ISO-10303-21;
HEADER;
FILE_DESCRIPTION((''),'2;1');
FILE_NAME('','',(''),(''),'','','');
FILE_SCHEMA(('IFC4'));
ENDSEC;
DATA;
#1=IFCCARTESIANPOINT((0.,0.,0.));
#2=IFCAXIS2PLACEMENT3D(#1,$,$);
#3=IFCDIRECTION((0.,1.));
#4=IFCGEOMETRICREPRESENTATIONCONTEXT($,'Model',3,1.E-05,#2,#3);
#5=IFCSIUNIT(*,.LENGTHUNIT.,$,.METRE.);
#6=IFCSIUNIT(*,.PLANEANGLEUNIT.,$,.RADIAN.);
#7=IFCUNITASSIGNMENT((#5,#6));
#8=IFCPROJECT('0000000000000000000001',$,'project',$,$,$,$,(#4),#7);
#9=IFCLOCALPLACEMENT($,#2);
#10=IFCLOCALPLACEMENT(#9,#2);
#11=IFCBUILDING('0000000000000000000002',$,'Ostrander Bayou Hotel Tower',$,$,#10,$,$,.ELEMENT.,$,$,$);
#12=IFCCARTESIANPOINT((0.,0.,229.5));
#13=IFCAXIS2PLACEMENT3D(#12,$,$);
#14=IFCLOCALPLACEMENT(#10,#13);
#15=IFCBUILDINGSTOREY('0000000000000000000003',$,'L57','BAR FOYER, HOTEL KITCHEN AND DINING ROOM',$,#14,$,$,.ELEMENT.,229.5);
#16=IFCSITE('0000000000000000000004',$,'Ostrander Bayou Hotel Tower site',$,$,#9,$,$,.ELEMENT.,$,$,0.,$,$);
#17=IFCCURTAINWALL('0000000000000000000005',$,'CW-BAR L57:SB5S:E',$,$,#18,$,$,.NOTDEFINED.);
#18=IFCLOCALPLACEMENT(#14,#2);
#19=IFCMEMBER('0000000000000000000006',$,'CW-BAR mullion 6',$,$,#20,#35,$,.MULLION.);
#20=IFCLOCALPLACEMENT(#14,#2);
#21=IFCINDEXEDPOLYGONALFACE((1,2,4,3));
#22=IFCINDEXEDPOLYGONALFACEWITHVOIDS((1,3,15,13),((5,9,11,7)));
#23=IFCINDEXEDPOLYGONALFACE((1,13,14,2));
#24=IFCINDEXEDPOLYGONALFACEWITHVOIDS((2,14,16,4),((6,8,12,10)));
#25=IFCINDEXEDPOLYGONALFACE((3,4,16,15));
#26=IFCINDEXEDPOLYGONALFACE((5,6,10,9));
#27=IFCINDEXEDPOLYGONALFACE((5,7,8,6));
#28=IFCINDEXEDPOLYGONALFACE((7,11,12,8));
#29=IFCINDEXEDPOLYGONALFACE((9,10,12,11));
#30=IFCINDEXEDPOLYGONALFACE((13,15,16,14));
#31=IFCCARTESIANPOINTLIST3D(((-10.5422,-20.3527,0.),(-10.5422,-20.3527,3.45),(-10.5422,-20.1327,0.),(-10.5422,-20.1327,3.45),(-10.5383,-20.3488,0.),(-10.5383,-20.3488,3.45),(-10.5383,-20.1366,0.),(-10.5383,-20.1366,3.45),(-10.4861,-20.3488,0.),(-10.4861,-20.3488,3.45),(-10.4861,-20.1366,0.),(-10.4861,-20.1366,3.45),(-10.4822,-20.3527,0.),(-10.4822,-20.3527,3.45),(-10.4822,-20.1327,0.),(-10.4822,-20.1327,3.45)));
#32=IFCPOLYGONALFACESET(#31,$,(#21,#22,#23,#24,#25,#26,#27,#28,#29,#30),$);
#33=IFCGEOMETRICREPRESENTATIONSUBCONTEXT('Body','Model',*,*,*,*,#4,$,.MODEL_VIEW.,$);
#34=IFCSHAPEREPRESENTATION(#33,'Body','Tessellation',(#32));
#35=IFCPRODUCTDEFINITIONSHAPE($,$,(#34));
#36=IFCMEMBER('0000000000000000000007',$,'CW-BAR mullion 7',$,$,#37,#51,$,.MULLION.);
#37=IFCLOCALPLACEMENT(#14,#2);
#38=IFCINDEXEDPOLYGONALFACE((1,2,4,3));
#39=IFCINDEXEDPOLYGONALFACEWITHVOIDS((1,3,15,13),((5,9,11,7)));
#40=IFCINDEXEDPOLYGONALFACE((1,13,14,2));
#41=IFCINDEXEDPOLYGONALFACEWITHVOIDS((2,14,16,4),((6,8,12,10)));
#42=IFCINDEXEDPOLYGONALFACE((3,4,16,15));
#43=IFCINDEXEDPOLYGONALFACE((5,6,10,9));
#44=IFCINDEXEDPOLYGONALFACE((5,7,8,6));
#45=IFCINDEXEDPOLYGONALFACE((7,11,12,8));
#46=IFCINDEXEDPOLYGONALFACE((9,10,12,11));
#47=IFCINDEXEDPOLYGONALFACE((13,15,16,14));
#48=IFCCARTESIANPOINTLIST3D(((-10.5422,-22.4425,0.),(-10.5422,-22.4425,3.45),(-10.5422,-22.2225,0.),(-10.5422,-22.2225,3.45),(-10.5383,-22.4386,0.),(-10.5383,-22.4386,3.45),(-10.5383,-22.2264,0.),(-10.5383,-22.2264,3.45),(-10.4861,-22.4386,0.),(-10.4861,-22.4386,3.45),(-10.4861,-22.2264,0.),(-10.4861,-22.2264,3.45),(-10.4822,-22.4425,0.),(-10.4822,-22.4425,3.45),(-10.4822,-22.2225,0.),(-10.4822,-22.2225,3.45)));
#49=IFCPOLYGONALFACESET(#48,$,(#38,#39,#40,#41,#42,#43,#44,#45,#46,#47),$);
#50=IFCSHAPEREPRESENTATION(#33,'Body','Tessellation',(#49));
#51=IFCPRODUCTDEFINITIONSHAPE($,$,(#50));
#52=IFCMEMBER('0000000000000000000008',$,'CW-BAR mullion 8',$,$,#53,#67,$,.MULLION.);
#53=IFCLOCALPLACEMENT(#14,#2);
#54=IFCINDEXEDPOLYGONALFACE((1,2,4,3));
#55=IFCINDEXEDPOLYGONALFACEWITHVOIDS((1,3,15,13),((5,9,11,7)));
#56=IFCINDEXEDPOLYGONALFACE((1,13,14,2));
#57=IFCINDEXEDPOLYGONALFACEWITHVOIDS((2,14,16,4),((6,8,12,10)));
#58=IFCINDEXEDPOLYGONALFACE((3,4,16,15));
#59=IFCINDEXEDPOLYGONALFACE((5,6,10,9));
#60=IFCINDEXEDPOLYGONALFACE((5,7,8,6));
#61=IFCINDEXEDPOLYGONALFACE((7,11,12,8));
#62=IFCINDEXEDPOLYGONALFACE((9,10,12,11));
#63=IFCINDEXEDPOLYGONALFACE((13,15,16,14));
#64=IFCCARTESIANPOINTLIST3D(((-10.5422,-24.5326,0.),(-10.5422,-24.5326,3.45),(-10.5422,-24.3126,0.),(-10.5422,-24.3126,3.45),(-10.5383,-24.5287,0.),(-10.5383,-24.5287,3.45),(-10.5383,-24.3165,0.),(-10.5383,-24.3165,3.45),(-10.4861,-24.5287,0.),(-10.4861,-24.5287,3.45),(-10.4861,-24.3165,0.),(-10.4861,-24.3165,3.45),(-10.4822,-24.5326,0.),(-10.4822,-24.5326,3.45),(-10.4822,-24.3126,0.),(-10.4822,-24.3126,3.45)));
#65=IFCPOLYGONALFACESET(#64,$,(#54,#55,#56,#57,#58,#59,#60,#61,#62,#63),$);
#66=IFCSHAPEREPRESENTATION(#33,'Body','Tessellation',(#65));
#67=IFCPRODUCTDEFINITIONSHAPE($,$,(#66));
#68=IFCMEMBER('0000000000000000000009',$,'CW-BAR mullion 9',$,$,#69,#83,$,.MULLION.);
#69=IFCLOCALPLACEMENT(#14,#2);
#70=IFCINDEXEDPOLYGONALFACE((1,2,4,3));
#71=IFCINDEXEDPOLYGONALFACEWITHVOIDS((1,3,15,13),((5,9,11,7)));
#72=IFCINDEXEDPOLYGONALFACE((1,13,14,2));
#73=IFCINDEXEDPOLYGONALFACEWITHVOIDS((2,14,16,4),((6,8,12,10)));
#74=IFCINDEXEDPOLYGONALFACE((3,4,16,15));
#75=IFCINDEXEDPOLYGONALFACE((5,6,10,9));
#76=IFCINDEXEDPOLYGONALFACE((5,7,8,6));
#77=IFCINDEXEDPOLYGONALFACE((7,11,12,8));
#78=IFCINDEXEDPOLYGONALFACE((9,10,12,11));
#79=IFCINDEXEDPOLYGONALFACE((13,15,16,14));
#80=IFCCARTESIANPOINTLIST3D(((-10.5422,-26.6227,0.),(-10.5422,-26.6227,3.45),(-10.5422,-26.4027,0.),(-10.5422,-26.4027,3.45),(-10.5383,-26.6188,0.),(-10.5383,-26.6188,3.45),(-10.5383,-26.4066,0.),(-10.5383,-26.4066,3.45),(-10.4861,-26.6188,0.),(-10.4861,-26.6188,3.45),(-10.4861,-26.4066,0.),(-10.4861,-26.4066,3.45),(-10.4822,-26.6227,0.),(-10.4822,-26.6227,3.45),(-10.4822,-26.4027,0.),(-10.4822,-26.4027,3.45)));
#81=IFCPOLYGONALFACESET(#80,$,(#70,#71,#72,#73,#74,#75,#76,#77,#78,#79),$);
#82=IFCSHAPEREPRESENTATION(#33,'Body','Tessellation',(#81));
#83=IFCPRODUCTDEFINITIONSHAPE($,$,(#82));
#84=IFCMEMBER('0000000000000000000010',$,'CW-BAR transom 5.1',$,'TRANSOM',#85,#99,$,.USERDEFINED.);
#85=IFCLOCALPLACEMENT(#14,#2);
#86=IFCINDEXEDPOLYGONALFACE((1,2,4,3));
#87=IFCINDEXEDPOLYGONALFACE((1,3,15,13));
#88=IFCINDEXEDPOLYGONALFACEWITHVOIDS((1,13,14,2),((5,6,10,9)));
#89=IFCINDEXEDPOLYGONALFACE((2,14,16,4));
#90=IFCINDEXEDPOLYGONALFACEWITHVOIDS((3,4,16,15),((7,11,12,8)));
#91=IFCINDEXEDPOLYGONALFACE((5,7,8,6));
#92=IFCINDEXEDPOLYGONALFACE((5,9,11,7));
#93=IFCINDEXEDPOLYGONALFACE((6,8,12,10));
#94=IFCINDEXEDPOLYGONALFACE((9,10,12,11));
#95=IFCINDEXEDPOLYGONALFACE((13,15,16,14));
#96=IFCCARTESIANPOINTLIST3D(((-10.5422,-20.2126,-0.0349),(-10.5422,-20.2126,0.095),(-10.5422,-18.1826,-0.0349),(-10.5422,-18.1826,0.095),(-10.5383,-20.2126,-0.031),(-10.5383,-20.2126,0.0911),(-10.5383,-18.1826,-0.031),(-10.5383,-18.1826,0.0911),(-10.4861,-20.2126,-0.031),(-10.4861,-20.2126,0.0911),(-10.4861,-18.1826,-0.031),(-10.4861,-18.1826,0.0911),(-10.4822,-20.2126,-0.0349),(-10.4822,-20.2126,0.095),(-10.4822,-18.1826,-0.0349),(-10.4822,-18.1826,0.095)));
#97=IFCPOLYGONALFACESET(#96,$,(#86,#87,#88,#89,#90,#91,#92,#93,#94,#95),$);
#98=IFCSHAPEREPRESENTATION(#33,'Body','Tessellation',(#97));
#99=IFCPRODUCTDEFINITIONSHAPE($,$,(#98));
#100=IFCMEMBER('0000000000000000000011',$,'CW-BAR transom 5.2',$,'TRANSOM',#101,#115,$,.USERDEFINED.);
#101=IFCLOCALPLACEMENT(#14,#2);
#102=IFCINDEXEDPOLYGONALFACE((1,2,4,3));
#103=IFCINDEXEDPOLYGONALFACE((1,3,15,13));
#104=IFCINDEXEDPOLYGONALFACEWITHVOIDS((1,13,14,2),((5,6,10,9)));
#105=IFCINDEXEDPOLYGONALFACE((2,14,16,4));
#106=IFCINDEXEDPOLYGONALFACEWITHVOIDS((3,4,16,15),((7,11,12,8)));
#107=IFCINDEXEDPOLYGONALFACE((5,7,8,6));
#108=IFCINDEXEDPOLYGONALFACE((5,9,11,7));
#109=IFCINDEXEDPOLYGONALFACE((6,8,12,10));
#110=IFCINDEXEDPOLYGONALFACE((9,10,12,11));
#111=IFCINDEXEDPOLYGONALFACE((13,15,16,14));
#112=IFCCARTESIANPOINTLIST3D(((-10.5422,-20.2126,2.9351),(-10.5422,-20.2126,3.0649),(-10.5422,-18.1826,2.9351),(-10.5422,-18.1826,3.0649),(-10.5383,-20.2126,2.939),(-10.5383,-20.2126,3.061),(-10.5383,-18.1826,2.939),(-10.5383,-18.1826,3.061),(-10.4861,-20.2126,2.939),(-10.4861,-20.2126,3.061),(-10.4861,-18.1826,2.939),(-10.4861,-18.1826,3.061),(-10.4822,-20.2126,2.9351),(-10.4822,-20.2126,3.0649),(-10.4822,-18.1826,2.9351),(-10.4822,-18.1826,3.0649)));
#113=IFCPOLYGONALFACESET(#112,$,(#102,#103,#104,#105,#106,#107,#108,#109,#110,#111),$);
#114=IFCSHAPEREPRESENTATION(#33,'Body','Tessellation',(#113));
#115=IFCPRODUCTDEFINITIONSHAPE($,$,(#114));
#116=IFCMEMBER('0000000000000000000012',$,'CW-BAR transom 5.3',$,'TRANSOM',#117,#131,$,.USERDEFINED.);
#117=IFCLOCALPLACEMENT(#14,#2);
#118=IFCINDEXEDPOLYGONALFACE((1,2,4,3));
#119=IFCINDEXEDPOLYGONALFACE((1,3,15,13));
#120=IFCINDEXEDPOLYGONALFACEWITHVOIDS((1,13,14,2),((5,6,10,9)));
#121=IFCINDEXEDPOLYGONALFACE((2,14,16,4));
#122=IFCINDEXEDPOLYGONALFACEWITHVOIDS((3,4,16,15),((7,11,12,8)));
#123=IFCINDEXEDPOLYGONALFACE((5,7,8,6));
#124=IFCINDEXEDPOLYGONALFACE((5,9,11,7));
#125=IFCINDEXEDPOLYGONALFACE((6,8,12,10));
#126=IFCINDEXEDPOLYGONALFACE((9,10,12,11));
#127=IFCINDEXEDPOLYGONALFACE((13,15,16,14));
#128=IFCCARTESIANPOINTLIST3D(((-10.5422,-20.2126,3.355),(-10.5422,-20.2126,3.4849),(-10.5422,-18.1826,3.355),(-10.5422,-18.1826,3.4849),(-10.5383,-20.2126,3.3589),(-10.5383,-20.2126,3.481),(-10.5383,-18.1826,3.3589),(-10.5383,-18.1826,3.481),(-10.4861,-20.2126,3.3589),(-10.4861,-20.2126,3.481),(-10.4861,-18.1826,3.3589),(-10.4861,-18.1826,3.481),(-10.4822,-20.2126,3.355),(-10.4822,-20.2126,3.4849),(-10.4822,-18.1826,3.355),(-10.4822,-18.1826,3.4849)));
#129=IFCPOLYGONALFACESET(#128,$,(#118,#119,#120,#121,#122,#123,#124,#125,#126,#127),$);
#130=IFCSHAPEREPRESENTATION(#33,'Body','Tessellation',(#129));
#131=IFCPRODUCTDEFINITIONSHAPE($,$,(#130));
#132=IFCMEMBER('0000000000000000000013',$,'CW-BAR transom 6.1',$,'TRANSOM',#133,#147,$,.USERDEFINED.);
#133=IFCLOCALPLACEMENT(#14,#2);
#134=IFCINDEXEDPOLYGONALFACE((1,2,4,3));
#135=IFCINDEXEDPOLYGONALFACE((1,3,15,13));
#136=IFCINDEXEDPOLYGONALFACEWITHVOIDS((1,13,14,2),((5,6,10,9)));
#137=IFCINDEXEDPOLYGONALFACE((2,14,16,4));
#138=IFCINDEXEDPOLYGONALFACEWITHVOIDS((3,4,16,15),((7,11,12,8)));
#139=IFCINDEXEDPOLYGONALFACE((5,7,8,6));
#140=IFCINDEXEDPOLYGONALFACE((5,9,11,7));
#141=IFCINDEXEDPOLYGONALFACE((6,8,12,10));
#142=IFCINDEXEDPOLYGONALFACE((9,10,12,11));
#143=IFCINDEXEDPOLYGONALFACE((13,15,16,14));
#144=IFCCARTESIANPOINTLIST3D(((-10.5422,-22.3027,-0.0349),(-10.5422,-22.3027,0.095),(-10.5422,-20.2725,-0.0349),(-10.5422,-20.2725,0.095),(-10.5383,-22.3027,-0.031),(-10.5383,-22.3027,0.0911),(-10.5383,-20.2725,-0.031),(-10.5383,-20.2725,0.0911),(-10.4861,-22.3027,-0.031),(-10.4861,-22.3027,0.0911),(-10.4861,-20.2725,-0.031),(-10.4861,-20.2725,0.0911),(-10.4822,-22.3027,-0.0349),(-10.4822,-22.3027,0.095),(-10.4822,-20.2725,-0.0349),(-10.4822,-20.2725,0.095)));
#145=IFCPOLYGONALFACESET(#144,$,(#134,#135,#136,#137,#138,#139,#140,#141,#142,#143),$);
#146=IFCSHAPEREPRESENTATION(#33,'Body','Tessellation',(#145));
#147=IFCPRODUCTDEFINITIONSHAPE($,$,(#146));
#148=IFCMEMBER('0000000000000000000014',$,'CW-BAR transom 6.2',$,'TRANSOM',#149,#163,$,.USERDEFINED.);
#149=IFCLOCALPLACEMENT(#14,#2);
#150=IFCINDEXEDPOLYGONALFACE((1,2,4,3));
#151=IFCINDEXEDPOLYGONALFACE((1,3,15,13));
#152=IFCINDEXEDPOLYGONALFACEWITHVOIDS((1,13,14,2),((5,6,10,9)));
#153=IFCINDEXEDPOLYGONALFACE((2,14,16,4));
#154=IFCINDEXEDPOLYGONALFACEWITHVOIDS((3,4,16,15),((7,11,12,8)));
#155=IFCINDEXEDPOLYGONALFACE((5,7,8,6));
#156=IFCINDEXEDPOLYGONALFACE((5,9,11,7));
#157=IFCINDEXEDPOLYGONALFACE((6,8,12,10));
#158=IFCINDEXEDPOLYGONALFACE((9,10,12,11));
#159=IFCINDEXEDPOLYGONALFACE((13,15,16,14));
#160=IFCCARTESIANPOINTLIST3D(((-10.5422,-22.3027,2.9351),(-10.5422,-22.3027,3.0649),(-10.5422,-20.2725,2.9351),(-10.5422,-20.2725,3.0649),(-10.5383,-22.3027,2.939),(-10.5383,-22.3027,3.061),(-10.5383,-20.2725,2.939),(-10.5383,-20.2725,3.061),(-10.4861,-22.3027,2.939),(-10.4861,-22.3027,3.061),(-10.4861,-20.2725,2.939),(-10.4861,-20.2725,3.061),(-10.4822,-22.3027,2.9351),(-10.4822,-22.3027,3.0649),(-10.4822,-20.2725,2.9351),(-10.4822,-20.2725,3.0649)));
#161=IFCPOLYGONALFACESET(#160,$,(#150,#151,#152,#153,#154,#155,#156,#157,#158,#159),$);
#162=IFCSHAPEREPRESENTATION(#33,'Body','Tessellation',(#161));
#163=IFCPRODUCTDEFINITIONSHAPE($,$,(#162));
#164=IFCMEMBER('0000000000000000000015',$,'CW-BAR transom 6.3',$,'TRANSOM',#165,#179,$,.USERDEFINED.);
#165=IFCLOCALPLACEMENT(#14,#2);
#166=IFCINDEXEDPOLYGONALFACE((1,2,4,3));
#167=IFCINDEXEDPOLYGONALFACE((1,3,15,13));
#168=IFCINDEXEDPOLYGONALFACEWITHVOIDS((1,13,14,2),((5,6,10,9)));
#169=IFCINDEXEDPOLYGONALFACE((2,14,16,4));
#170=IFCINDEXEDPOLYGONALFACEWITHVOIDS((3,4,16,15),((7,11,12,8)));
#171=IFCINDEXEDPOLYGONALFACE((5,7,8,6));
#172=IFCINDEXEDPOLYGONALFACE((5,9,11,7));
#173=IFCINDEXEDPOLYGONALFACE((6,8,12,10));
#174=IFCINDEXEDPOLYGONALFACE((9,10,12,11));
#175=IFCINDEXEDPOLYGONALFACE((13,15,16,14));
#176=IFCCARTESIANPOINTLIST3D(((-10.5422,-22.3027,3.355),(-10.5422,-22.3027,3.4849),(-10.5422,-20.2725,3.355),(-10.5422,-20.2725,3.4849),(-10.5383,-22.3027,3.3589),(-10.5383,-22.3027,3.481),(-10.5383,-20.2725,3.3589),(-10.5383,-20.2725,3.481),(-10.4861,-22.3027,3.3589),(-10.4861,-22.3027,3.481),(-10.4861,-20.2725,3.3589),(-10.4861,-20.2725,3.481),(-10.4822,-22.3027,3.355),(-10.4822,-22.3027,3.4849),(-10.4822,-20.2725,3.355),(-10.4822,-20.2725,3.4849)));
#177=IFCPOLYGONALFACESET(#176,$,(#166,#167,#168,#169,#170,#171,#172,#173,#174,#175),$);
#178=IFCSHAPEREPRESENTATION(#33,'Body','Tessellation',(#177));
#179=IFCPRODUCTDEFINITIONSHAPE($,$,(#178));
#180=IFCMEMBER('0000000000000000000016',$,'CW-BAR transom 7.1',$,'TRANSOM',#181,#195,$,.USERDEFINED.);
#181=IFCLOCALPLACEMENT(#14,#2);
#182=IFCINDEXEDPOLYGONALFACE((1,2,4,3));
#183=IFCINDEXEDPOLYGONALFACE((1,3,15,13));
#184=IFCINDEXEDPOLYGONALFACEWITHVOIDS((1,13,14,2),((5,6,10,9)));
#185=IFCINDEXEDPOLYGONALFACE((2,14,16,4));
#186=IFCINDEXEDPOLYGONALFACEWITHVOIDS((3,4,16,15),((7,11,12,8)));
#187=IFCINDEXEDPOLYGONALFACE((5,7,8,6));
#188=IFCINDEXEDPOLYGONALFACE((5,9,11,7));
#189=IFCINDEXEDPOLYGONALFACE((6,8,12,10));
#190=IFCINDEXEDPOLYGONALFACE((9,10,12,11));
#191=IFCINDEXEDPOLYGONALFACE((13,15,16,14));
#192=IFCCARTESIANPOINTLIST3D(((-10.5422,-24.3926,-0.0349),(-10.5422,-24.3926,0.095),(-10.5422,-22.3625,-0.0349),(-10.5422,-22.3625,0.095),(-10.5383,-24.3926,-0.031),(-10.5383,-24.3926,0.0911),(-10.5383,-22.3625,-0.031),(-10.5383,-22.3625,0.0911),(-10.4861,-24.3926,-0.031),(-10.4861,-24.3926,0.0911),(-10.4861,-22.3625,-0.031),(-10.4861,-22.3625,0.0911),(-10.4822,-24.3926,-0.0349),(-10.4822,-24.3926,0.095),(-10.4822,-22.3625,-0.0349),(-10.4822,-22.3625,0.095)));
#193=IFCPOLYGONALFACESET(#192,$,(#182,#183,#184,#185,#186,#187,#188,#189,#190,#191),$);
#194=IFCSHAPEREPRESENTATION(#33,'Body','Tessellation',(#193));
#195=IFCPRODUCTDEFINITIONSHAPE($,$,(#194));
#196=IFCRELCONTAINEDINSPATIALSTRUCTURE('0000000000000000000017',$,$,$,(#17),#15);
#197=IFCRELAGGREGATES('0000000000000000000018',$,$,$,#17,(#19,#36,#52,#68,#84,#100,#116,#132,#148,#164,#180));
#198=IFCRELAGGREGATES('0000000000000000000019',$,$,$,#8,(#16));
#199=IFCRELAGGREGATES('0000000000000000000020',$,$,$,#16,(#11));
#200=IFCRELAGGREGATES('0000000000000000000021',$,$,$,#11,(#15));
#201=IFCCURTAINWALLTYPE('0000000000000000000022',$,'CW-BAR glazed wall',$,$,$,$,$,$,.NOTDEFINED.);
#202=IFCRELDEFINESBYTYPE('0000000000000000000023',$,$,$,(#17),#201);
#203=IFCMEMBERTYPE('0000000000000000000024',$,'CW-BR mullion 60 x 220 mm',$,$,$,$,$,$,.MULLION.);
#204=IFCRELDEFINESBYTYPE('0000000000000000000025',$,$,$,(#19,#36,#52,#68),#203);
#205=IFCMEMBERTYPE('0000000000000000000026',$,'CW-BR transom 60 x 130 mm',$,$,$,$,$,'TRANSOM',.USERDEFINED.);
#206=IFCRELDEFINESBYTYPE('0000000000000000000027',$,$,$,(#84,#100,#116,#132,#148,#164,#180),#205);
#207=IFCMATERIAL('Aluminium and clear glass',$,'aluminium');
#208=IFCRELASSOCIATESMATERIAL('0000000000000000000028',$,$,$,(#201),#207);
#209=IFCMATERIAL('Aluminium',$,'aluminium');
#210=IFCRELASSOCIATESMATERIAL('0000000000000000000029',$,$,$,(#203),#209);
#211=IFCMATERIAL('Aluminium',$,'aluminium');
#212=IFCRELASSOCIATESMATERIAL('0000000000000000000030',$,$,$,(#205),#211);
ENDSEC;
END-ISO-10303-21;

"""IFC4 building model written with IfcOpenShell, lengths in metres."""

from ifc_helpers import new_model, si_unit, direction, frame, origin, origin_2d, place, context, subcontext, project, spatial, hollow_rectangle, extrude, material, material_profile, profile_set, type_object, element, aggregate, save


model = new_model("IFC4")

# Units and contexts
model_context = context("Model", 3, precision=1e-05, world=origin(), true_north=direction((0.0, 1.0)))
body_context = subcontext(model_context, "Body", "Model", "MODEL_VIEW")
ifc_project = project(units=[si_unit("LENGTHUNIT", "METRE"), si_unit("PLANEANGLEUNIT", "RADIAN")], contexts=[model_context])

# Site, building, storey
site_placement = place(None, origin())
site = spatial("IfcSite", under=ifc_project, at=site_placement, Name="Ostrander Bayou Hotel Tower site", CompositionType="ELEMENT", RefElevation=0.0)
building_placement = place(site_placement, origin())
building = spatial("IfcBuilding", under=site, at=building_placement, Name="Ostrander Bayou Hotel Tower", CompositionType="ELEMENT")
storey_placement = place(building_placement, frame((0.0, 0.0, 229.5)))
storey = spatial("IfcBuildingStorey", under=building, at=storey_placement, Name="L57", Description="BAR FOYER, HOTEL KITCHEN AND DINING ROOM", CompositionType="ELEMENT", Elevation=229.5)

# Curtain wall, members
ifc_material_1 = material(Name="Aluminium and clear glass", Category="aluminium")
curtain_wall_type = type_object("IfcCurtainWallType", Name="CW-BAR glazed wall", PredefinedType="NOTDEFINED", material=ifc_material_1)
curtain_wall_placement = place(storey_placement, origin())
curtain_wall = element("IfcCurtainWall", 1, at=curtain_wall_placement, inside=storey, type_object=curtain_wall_type, Name="CW-BAR L57:SB5S:E", PredefinedType="NOTDEFINED")
ifc_material_2 = material(Name="Aluminium", Category="aluminium")
ifc_material_profile_1 = material_profile(ifc_material_2, hollow_rectangle(XDim=0.0601, YDim=0.22, WallThickness=0.0039, at=origin_2d()))
ifc_profile_set_1 = profile_set([ifc_material_profile_1], Name="Aluminium")
member_type_1 = type_object("IfcMemberType", Name="CW-BR mullion 60 x 220 mm", PredefinedType="MULLION", material=ifc_profile_set_1)
member_1_placement = place(storey_placement, frame((-10.5122, -20.2427, 0.0), z_axis=(0.0, 0.0, 1.0), x_axis=(1.0, 0.0, 0.0)))
member_1 = element("IfcMember", 2, at=member_1_placement, type_object=member_type_1, Name="CW-BAR mullion 6", PredefinedType="MULLION", context=body_context, shape_type="SweptSolid", body=[
    extrude(hollow_rectangle(XDim=0.0601, YDim=0.22, WallThickness=0.0039, at=origin_2d()), origin(), (0.0, 0.0, 1.0), 3.45),
])
member_2_placement = place(storey_placement, frame((-10.5122, -22.3325, 0.0), z_axis=(0.0, 0.0, 1.0), x_axis=(1.0, 0.0, 0.0)))
member_2 = element("IfcMember", 3, at=member_2_placement, type_object=member_type_1, Name="CW-BAR mullion 7", PredefinedType="MULLION", context=body_context, shape_type="SweptSolid", body=[
    extrude(hollow_rectangle(XDim=0.0601, YDim=0.22, WallThickness=0.0039, at=origin_2d()), origin(), (0.0, 0.0, 1.0), 3.45),
])
member_3_placement = place(storey_placement, frame((-10.5122, -24.4226, 0.0), z_axis=(0.0, 0.0, 1.0), x_axis=(1.0, 0.0, 0.0)))
member_3 = element("IfcMember", 4, at=member_3_placement, type_object=member_type_1, Name="CW-BAR mullion 8", PredefinedType="MULLION", context=body_context, shape_type="SweptSolid", body=[
    extrude(hollow_rectangle(XDim=0.0601, YDim=0.22, WallThickness=0.0039, at=origin_2d()), origin(), (0.0, 0.0, 1.0), 3.45),
])
member_4_placement = place(storey_placement, frame((-10.5122, -26.5127, 0.0), z_axis=(0.0, 0.0, 1.0), x_axis=(1.0, 0.0, 0.0)))
member_4 = element("IfcMember", 5, at=member_4_placement, type_object=member_type_1, Name="CW-BAR mullion 9", PredefinedType="MULLION", context=body_context, shape_type="SweptSolid", body=[
    extrude(hollow_rectangle(XDim=0.0601, YDim=0.22, WallThickness=0.0039, at=origin_2d()), origin(), (0.0, 0.0, 1.0), 3.45),
])
ifc_material_3 = material(Name="Aluminium", Category="aluminium")
ifc_material_profile_2 = material_profile(ifc_material_3, hollow_rectangle(XDim=0.0601, YDim=0.1299, WallThickness=0.0039, at=origin_2d()))
ifc_profile_set_2 = profile_set([ifc_material_profile_2], Name="Aluminium")
member_type_2 = type_object("IfcMemberType", Name="CW-BR transom 60 x 130 mm", ElementType="TRANSOM", PredefinedType="USERDEFINED", material=ifc_profile_set_2)
member_5_placement = place(storey_placement, frame((-10.5122, -18.1826, 0.03), z_axis=(0.0, -1.0, 0.0), x_axis=(1.0, 0.0, 0.0)))
member_5 = element("IfcMember", 6, at=member_5_placement, type_object=member_type_2, Name="CW-BAR transom 5.1", ObjectType="TRANSOM", PredefinedType="USERDEFINED", context=body_context, shape_type="SweptSolid", body=[
    extrude(hollow_rectangle(XDim=0.0601, YDim=0.1299, WallThickness=0.0039, at=origin_2d()), origin(), (0.0, 0.0, 1.0), 2.03),
])
member_6_placement = place(storey_placement, frame((-10.5122, -18.1826, 3.0), z_axis=(0.0, -1.0, 0.0), x_axis=(1.0, 0.0, 0.0)))
member_6 = element("IfcMember", 7, at=member_6_placement, type_object=member_type_2, Name="CW-BAR transom 5.2", ObjectType="TRANSOM", PredefinedType="USERDEFINED", context=body_context, shape_type="SweptSolid", body=[
    extrude(hollow_rectangle(XDim=0.0601, YDim=0.1299, WallThickness=0.0039, at=origin_2d()), origin(), (0.0, 0.0, 1.0), 2.03),
])
member_7_placement = place(storey_placement, frame((-10.5122, -18.1826, 3.4199), z_axis=(0.0, -1.0, 0.0), x_axis=(1.0, 0.0, 0.0)))
member_7 = element("IfcMember", 8, at=member_7_placement, type_object=member_type_2, Name="CW-BAR transom 5.3", ObjectType="TRANSOM", PredefinedType="USERDEFINED", context=body_context, shape_type="SweptSolid", body=[
    extrude(hollow_rectangle(XDim=0.0601, YDim=0.1299, WallThickness=0.0039, at=origin_2d()), origin(), (0.0, 0.0, 1.0), 2.03),
])
member_8_placement = place(storey_placement, frame((-10.5122, -20.2725, 0.03), z_axis=(0.0, -1.0, 0.0), x_axis=(1.0, 0.0, 0.0)))
member_8 = element("IfcMember", 9, at=member_8_placement, type_object=member_type_2, Name="CW-BAR transom 6.1", ObjectType="TRANSOM", PredefinedType="USERDEFINED", context=body_context, shape_type="SweptSolid", body=[
    extrude(hollow_rectangle(XDim=0.0601, YDim=0.1299, WallThickness=0.0039, at=origin_2d()), origin(), (0.0, 0.0, 1.0), 2.0303),
])
member_9_placement = place(storey_placement, frame((-10.5122, -20.2725, 3.0), z_axis=(0.0, -1.0, 0.0), x_axis=(1.0, 0.0, 0.0)))
member_9 = element("IfcMember", 10, at=member_9_placement, type_object=member_type_2, Name="CW-BAR transom 6.2", ObjectType="TRANSOM", PredefinedType="USERDEFINED", context=body_context, shape_type="SweptSolid", body=[
    extrude(hollow_rectangle(XDim=0.0601, YDim=0.1299, WallThickness=0.0039, at=origin_2d()), origin(), (0.0, 0.0, 1.0), 2.0303),
])
member_10_placement = place(storey_placement, frame((-10.5122, -20.2725, 3.4199), z_axis=(0.0, -1.0, 0.0), x_axis=(1.0, 0.0, 0.0)))
member_10 = element("IfcMember", 11, at=member_10_placement, type_object=member_type_2, Name="CW-BAR transom 6.3", ObjectType="TRANSOM", PredefinedType="USERDEFINED", context=body_context, shape_type="SweptSolid", body=[
    extrude(hollow_rectangle(XDim=0.0601, YDim=0.1299, WallThickness=0.0039, at=origin_2d()), origin(), (0.0, 0.0, 1.0), 2.0303),
])
member_11_placement = place(storey_placement, frame((-10.5122, -22.3625, 0.03), z_axis=(0.0, -1.0, 0.0), x_axis=(1.0, 0.0, 0.0)))
member_11 = element("IfcMember", 12, at=member_11_placement, type_object=member_type_2, Name="CW-BAR transom 7.1", ObjectType="TRANSOM", PredefinedType="USERDEFINED", context=body_context, shape_type="SweptSolid", body=[
    extrude(hollow_rectangle(XDim=0.0601, YDim=0.1299, WallThickness=0.0039, at=origin_2d()), origin(), (0.0, 0.0, 1.0), 2.03),
])

aggregate(curtain_wall, [member_1, member_2, member_3, member_4, member_5, member_6, member_7, member_8, member_9, member_10, member_11])

save(model, "model.ifc")
